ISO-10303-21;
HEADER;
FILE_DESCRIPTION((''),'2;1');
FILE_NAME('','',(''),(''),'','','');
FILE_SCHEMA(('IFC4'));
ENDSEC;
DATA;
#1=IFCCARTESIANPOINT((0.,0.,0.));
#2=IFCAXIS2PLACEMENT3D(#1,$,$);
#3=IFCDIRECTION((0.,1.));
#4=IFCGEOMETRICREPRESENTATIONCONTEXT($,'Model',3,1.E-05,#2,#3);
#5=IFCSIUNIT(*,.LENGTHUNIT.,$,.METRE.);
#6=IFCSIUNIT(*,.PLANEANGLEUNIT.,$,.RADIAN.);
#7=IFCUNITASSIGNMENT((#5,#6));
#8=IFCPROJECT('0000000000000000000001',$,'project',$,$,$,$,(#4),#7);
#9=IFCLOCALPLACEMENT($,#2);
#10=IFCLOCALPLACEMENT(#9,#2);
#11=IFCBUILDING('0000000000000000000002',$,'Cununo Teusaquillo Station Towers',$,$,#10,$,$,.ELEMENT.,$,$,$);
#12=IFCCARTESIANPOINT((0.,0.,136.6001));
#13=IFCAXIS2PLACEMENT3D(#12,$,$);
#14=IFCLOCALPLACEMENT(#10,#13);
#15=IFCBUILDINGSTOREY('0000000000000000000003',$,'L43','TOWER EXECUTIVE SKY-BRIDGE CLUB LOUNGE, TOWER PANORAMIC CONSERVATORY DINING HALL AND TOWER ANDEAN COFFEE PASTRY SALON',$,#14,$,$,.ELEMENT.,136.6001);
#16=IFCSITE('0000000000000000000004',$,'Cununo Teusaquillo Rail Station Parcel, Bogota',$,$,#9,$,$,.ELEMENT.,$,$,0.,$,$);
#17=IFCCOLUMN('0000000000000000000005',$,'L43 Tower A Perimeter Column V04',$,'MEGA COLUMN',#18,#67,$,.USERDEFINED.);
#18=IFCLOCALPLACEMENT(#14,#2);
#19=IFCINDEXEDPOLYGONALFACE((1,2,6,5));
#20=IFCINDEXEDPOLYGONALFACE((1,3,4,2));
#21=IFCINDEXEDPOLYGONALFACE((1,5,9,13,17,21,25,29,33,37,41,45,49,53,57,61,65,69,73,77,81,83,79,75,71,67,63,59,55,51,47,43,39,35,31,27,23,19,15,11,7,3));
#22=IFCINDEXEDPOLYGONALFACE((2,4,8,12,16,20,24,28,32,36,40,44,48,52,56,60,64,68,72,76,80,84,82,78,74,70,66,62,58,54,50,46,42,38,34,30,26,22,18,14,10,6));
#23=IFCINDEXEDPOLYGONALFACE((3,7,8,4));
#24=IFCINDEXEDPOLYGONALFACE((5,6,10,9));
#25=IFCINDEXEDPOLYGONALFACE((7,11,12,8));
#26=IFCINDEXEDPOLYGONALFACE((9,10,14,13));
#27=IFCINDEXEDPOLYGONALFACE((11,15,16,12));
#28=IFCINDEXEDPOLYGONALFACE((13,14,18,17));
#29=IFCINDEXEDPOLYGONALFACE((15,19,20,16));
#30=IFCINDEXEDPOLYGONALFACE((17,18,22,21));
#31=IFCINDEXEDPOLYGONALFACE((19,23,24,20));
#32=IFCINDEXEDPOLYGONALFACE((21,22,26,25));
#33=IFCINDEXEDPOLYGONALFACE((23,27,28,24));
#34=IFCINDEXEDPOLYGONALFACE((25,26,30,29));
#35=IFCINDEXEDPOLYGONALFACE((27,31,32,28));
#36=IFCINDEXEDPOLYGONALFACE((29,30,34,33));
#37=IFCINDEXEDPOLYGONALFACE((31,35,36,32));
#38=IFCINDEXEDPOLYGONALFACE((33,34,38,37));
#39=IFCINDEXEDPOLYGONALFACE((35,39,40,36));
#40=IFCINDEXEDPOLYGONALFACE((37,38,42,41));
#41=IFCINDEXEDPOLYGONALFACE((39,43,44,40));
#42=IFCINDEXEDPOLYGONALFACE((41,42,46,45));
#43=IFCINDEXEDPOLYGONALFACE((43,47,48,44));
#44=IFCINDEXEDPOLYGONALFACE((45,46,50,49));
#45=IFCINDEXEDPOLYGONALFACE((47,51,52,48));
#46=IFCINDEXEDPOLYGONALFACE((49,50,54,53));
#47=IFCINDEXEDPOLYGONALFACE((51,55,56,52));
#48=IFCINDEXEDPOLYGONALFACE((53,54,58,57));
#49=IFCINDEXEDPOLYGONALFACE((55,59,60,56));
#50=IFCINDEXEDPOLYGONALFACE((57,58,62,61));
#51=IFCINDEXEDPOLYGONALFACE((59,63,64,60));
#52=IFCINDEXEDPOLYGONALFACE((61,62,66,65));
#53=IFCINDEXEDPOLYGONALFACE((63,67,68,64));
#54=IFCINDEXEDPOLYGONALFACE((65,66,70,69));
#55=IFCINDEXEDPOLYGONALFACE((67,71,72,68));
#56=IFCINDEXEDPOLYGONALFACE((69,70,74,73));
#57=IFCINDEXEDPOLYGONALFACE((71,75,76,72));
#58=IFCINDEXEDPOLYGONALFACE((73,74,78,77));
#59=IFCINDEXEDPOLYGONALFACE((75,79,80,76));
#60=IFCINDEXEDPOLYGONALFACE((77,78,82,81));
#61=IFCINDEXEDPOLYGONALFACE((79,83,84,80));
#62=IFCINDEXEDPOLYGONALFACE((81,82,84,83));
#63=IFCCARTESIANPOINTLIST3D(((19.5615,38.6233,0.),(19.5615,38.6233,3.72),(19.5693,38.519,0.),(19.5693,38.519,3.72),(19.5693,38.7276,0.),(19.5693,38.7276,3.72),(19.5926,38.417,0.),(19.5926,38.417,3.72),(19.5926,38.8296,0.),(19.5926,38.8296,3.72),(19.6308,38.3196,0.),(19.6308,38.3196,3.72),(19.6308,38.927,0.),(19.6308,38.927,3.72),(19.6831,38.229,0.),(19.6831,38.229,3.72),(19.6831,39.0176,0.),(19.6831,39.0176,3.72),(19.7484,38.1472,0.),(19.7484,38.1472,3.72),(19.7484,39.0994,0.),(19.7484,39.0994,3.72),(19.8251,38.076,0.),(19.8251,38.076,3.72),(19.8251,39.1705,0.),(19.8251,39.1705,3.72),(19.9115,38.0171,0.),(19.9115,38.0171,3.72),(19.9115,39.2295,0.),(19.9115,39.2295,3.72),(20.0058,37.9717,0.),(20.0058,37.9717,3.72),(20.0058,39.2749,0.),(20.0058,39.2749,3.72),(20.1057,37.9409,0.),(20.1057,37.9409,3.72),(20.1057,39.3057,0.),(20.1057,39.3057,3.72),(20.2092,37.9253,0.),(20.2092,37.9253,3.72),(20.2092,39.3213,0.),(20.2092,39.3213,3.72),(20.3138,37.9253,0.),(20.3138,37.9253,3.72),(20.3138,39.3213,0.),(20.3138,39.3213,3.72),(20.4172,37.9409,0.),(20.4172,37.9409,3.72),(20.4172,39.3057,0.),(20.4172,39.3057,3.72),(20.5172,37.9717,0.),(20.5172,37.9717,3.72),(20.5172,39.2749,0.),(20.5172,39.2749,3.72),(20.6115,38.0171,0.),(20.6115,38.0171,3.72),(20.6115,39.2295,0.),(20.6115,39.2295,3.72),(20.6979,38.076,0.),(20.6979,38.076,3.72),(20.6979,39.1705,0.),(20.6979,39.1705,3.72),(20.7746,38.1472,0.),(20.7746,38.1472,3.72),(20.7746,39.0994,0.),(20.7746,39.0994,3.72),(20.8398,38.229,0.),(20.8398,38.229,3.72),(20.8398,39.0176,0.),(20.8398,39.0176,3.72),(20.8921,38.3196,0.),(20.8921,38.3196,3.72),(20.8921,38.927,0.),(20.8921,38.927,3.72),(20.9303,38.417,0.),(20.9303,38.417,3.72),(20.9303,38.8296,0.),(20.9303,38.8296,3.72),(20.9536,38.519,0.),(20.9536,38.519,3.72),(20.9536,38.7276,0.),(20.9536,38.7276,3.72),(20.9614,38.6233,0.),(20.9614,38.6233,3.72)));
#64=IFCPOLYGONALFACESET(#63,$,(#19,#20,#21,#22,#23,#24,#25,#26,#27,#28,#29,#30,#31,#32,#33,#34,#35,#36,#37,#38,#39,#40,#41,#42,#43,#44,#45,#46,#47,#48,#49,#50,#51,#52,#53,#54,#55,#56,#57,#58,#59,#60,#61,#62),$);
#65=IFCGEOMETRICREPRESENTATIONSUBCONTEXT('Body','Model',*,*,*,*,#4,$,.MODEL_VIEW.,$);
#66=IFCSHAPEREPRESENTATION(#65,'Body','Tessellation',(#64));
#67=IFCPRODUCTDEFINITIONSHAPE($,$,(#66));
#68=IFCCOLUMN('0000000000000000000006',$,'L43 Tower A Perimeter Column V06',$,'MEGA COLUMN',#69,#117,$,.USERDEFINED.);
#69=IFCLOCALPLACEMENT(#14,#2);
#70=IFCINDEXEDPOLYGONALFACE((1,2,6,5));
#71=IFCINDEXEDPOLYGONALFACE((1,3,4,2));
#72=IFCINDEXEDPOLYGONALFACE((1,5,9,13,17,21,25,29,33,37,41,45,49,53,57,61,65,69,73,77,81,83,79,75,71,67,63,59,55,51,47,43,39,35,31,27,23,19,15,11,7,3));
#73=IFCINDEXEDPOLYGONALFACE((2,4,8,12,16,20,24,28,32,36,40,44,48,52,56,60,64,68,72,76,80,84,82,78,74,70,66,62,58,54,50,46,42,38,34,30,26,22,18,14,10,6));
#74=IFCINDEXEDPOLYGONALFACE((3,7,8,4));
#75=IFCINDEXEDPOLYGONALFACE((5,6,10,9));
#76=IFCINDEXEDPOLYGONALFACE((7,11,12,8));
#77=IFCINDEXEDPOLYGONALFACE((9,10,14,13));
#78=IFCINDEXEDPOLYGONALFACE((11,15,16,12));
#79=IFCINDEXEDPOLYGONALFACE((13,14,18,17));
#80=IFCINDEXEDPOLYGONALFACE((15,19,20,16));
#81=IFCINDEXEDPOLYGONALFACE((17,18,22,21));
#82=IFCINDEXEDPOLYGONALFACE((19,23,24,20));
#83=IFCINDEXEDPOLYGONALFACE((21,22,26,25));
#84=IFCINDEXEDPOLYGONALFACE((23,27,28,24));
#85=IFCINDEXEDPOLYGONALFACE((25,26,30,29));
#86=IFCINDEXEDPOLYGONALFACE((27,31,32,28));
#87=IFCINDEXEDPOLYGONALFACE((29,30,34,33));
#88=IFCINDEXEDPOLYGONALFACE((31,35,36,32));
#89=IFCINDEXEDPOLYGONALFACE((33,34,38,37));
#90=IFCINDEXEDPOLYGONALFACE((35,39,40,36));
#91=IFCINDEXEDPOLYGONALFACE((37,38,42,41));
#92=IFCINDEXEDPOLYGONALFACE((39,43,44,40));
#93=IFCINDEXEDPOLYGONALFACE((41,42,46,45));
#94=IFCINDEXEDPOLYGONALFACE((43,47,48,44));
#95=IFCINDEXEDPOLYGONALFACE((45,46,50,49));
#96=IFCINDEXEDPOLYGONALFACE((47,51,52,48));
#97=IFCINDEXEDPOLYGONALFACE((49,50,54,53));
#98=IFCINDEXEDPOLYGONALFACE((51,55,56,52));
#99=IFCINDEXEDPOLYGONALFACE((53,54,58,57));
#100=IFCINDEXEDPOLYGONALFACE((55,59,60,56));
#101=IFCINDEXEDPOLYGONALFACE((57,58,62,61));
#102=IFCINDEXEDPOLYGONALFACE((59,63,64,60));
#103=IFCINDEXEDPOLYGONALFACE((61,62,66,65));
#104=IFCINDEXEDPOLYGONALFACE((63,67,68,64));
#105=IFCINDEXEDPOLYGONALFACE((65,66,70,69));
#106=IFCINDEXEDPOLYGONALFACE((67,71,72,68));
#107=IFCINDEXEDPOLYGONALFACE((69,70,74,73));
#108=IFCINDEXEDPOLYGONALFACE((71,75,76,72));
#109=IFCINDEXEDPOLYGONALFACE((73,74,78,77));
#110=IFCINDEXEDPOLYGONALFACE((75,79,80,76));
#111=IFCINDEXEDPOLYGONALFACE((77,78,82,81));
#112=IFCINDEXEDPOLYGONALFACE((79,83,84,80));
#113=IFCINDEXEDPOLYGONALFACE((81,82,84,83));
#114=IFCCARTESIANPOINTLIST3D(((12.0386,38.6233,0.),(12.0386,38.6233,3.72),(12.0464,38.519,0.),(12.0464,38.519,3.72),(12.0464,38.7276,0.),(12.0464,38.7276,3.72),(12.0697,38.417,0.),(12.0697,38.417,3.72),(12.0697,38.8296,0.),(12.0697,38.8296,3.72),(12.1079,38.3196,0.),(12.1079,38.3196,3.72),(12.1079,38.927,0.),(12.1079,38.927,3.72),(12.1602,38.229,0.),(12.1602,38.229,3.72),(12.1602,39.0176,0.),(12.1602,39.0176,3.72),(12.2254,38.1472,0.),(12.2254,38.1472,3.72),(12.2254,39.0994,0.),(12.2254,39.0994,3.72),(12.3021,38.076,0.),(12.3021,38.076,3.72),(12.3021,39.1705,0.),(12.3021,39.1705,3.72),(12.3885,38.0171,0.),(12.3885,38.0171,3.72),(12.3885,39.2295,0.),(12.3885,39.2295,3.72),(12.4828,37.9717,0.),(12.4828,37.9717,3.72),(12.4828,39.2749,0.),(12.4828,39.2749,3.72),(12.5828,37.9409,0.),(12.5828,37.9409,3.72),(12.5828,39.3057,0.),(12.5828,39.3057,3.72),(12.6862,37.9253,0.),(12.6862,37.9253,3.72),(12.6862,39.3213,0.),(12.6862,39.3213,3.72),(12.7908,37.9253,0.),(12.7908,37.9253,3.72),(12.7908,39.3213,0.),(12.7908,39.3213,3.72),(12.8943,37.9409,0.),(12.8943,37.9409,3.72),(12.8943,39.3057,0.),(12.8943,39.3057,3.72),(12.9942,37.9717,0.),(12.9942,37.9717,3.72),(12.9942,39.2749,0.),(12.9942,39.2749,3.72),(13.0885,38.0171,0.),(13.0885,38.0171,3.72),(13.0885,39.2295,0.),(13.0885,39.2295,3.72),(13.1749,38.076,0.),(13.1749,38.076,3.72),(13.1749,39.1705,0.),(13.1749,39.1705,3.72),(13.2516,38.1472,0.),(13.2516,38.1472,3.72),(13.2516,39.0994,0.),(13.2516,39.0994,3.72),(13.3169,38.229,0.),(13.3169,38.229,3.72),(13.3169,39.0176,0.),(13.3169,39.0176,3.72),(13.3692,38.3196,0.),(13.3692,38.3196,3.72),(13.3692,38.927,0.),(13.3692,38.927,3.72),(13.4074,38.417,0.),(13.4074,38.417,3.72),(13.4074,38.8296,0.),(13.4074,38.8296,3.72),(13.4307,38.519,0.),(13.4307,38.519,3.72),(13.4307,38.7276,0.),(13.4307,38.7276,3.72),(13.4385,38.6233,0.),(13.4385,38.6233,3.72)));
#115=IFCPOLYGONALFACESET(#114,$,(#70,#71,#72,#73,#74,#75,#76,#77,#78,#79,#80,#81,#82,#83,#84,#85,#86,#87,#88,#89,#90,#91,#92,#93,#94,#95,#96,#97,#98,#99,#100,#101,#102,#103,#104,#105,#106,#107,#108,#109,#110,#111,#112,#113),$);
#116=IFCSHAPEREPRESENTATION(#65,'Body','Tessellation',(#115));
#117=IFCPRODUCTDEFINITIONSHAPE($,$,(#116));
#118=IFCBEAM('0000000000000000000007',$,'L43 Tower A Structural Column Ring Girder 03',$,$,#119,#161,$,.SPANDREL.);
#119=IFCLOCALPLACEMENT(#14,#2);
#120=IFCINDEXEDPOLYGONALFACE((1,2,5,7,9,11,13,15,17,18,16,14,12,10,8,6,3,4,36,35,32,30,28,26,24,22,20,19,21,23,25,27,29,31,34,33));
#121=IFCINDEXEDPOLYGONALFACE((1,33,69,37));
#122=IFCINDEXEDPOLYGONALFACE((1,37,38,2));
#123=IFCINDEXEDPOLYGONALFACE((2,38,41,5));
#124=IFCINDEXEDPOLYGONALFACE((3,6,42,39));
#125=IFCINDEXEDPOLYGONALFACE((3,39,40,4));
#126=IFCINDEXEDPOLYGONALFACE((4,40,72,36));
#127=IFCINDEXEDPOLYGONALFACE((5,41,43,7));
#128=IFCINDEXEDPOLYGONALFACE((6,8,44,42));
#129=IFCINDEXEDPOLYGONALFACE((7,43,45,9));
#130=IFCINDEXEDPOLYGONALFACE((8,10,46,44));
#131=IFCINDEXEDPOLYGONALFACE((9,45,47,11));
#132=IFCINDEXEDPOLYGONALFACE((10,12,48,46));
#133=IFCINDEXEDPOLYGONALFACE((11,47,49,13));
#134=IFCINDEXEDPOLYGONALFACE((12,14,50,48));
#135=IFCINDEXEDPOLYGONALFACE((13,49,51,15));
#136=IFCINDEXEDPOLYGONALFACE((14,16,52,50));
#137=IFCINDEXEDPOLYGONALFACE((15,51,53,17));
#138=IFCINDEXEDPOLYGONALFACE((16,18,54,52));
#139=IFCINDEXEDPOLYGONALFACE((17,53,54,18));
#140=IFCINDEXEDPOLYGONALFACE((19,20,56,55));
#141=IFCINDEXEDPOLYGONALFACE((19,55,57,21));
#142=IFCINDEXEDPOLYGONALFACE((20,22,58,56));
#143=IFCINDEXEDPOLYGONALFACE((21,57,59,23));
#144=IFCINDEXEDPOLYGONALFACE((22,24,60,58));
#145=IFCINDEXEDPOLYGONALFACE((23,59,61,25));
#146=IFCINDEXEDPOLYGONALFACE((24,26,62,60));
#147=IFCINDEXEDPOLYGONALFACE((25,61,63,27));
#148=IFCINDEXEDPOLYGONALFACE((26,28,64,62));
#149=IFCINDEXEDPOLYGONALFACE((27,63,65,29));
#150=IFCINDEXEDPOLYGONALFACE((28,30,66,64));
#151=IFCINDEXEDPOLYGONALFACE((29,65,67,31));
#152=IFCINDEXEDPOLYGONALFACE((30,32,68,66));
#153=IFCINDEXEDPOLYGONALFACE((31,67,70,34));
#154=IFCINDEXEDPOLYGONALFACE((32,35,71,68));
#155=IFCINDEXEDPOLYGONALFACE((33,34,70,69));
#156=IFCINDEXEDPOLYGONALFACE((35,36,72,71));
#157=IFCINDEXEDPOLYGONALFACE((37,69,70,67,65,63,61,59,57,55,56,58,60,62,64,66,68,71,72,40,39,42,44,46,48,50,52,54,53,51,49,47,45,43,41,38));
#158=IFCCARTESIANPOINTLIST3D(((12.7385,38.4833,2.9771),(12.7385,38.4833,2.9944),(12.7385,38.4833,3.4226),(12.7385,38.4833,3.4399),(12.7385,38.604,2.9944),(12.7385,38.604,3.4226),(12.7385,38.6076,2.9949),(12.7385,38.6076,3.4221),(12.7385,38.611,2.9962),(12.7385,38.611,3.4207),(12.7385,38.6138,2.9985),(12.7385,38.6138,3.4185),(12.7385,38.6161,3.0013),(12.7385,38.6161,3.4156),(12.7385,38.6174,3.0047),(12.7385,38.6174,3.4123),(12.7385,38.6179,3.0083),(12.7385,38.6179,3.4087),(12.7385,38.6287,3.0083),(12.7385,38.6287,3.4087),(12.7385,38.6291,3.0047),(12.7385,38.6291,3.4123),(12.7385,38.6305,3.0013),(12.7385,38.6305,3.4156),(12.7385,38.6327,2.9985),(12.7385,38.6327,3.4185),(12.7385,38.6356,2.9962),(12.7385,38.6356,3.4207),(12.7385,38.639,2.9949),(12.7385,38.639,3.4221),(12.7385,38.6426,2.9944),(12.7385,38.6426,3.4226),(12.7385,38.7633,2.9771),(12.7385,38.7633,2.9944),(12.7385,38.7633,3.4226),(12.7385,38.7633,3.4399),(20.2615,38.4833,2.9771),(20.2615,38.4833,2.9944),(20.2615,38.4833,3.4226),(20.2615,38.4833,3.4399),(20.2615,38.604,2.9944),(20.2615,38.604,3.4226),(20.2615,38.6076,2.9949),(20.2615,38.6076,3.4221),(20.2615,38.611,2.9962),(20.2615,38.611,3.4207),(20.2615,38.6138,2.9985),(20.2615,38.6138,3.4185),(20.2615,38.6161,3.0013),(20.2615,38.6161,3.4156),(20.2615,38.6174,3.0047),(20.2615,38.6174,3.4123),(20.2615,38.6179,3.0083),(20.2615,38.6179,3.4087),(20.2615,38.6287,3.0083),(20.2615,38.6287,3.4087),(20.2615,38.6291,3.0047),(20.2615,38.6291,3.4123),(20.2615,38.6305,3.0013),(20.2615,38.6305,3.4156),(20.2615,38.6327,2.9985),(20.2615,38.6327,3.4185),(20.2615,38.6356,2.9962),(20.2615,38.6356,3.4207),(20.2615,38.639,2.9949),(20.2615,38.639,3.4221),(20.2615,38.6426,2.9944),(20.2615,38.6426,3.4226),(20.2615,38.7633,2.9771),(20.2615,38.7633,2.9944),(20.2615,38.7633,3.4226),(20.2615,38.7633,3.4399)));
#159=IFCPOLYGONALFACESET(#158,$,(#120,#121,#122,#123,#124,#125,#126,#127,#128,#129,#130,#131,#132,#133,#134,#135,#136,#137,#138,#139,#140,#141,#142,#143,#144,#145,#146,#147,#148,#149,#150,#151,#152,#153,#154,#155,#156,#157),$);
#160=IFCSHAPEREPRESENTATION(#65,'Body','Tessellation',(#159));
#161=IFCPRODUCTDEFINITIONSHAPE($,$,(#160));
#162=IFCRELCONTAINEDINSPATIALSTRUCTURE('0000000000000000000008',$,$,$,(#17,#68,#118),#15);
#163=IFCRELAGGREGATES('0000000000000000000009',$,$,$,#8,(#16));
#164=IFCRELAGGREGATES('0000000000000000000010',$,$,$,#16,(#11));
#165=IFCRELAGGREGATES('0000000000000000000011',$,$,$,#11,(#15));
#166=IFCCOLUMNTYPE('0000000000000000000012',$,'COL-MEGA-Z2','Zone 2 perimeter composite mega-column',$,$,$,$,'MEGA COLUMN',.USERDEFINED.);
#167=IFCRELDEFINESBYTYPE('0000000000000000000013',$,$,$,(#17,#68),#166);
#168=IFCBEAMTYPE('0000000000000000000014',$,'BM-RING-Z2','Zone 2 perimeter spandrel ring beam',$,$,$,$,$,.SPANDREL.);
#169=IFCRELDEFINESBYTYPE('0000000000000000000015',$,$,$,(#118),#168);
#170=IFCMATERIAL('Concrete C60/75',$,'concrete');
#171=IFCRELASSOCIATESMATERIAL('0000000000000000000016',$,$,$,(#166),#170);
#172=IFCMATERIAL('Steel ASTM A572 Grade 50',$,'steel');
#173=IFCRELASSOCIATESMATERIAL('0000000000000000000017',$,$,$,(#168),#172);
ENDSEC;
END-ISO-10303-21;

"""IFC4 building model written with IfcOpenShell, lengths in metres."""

from ifc_helpers import new_model, si_unit, direction, frame, origin, origin_2d, place, context, subcontext, project, spatial, circle, i_section, extrude, material, material_profile, profile_set, type_object, element, save


model = new_model("IFC4")

# Units and contexts
model_context = context("Model", 3, precision=1e-05, world=origin(), true_north=direction((0.0, 1.0)))
body_context = subcontext(model_context, "Body", "Model", "MODEL_VIEW")
ifc_project = project(units=[si_unit("LENGTHUNIT", "METRE"), si_unit("PLANEANGLEUNIT", "RADIAN")], contexts=[model_context])

# Site, building, storey
site_placement = place(None, origin())
site = spatial("IfcSite", under=ifc_project, at=site_placement, Name="Cununo Teusaquillo Rail Station Parcel, Bogota", CompositionType="ELEMENT", RefElevation=0.0)
building_placement = place(site_placement, origin())
building = spatial("IfcBuilding", under=site, at=building_placement, Name="Cununo Teusaquillo Station Towers", CompositionType="ELEMENT")
storey_placement = place(building_placement, frame((0.0, 0.0, 136.6001)))
storey = spatial("IfcBuildingStorey", under=building, at=storey_placement, Name="L43", Description="TOWER EXECUTIVE SKY-BRIDGE CLUB LOUNGE, TOWER PANORAMIC CONSERVATORY DINING HALL AND TOWER ANDEAN COFFEE PASTRY SALON", CompositionType="ELEMENT", Elevation=136.6001)

# Columns
ifc_material_1 = material(Name="Concrete C60/75", Category="concrete")
ifc_material_profile_1 = material_profile(ifc_material_1, circle(Radius=0.7, at=origin_2d()), Name="RC-CIRC-1400")
ifc_profile_set_1 = profile_set([ifc_material_profile_1], Name="Concrete C60/75")
column_type = type_object("IfcColumnType", Name="COL-MEGA-Z2", Description="Zone 2 perimeter composite mega-column", ElementType="MEGA COLUMN", PredefinedType="USERDEFINED", material=ifc_profile_set_1)
for number, where, z_axis, x_axis, name in (
    (1, (20.2615, 38.6233, 0.0), (0.0, 0.0, 1.0), (1.0, 0.0, 0.0), "L43 Tower A Perimeter Column V04"),
    (2, (12.7385, 38.6233, 0.0), (0.0, 0.0, 1.0), (1.0, 0.0, 0.0), "L43 Tower A Perimeter Column V06"),
):
    element("IfcColumn", number, at=place(storey_placement, frame(where, z_axis=z_axis, x_axis=x_axis)), inside=storey, type_object=column_type, Name=name, ObjectType="MEGA COLUMN", PredefinedType="USERDEFINED", context=body_context, shape_type="SweptSolid", body=[
        extrude(circle(Radius=0.7, at=origin_2d()), origin(), (0.0, 0.0, 1.0), 3.72),
    ])

# Beam
ifc_material_2 = material(Name="Steel ASTM A572 Grade 50", Category="steel")
ifc_material_profile_2 = material_profile(ifc_material_2, i_section(OverallWidth=0.28, OverallDepth=0.4629, WebThickness=0.0107, FlangeThickness=0.0173, FilletRadius=0.0139, at=origin_2d()), Name="W18X76")
ifc_profile_set_2 = profile_set([ifc_material_profile_2], Name="Steel ASTM A572 Grade 50")
beam_type = type_object("IfcBeamType", Name="BM-RING-Z2", Description="Zone 2 perimeter spandrel ring beam", PredefinedType="SPANDREL", material=ifc_profile_set_2)
beam_1_placement = place(storey_placement, frame((20.2615, 38.6233, 3.2085), z_axis=(-1.0, 0.0, 0.0), x_axis=(0.0, -1.0, 0.0)))
element("IfcBeam", 3, at=beam_1_placement, inside=storey, type_object=beam_type, Name="L43 Tower A Structural Column Ring Girder 03", PredefinedType="SPANDREL", context=body_context, shape_type="SweptSolid", body=[
    extrude(i_section(OverallWidth=0.28, OverallDepth=0.4629, WebThickness=0.0107, FlangeThickness=0.0173, FilletRadius=0.0139, at=origin_2d()), origin(), (0.0, 0.0, 1.0), 7.5229),
])

save(model, "model.ifc")
